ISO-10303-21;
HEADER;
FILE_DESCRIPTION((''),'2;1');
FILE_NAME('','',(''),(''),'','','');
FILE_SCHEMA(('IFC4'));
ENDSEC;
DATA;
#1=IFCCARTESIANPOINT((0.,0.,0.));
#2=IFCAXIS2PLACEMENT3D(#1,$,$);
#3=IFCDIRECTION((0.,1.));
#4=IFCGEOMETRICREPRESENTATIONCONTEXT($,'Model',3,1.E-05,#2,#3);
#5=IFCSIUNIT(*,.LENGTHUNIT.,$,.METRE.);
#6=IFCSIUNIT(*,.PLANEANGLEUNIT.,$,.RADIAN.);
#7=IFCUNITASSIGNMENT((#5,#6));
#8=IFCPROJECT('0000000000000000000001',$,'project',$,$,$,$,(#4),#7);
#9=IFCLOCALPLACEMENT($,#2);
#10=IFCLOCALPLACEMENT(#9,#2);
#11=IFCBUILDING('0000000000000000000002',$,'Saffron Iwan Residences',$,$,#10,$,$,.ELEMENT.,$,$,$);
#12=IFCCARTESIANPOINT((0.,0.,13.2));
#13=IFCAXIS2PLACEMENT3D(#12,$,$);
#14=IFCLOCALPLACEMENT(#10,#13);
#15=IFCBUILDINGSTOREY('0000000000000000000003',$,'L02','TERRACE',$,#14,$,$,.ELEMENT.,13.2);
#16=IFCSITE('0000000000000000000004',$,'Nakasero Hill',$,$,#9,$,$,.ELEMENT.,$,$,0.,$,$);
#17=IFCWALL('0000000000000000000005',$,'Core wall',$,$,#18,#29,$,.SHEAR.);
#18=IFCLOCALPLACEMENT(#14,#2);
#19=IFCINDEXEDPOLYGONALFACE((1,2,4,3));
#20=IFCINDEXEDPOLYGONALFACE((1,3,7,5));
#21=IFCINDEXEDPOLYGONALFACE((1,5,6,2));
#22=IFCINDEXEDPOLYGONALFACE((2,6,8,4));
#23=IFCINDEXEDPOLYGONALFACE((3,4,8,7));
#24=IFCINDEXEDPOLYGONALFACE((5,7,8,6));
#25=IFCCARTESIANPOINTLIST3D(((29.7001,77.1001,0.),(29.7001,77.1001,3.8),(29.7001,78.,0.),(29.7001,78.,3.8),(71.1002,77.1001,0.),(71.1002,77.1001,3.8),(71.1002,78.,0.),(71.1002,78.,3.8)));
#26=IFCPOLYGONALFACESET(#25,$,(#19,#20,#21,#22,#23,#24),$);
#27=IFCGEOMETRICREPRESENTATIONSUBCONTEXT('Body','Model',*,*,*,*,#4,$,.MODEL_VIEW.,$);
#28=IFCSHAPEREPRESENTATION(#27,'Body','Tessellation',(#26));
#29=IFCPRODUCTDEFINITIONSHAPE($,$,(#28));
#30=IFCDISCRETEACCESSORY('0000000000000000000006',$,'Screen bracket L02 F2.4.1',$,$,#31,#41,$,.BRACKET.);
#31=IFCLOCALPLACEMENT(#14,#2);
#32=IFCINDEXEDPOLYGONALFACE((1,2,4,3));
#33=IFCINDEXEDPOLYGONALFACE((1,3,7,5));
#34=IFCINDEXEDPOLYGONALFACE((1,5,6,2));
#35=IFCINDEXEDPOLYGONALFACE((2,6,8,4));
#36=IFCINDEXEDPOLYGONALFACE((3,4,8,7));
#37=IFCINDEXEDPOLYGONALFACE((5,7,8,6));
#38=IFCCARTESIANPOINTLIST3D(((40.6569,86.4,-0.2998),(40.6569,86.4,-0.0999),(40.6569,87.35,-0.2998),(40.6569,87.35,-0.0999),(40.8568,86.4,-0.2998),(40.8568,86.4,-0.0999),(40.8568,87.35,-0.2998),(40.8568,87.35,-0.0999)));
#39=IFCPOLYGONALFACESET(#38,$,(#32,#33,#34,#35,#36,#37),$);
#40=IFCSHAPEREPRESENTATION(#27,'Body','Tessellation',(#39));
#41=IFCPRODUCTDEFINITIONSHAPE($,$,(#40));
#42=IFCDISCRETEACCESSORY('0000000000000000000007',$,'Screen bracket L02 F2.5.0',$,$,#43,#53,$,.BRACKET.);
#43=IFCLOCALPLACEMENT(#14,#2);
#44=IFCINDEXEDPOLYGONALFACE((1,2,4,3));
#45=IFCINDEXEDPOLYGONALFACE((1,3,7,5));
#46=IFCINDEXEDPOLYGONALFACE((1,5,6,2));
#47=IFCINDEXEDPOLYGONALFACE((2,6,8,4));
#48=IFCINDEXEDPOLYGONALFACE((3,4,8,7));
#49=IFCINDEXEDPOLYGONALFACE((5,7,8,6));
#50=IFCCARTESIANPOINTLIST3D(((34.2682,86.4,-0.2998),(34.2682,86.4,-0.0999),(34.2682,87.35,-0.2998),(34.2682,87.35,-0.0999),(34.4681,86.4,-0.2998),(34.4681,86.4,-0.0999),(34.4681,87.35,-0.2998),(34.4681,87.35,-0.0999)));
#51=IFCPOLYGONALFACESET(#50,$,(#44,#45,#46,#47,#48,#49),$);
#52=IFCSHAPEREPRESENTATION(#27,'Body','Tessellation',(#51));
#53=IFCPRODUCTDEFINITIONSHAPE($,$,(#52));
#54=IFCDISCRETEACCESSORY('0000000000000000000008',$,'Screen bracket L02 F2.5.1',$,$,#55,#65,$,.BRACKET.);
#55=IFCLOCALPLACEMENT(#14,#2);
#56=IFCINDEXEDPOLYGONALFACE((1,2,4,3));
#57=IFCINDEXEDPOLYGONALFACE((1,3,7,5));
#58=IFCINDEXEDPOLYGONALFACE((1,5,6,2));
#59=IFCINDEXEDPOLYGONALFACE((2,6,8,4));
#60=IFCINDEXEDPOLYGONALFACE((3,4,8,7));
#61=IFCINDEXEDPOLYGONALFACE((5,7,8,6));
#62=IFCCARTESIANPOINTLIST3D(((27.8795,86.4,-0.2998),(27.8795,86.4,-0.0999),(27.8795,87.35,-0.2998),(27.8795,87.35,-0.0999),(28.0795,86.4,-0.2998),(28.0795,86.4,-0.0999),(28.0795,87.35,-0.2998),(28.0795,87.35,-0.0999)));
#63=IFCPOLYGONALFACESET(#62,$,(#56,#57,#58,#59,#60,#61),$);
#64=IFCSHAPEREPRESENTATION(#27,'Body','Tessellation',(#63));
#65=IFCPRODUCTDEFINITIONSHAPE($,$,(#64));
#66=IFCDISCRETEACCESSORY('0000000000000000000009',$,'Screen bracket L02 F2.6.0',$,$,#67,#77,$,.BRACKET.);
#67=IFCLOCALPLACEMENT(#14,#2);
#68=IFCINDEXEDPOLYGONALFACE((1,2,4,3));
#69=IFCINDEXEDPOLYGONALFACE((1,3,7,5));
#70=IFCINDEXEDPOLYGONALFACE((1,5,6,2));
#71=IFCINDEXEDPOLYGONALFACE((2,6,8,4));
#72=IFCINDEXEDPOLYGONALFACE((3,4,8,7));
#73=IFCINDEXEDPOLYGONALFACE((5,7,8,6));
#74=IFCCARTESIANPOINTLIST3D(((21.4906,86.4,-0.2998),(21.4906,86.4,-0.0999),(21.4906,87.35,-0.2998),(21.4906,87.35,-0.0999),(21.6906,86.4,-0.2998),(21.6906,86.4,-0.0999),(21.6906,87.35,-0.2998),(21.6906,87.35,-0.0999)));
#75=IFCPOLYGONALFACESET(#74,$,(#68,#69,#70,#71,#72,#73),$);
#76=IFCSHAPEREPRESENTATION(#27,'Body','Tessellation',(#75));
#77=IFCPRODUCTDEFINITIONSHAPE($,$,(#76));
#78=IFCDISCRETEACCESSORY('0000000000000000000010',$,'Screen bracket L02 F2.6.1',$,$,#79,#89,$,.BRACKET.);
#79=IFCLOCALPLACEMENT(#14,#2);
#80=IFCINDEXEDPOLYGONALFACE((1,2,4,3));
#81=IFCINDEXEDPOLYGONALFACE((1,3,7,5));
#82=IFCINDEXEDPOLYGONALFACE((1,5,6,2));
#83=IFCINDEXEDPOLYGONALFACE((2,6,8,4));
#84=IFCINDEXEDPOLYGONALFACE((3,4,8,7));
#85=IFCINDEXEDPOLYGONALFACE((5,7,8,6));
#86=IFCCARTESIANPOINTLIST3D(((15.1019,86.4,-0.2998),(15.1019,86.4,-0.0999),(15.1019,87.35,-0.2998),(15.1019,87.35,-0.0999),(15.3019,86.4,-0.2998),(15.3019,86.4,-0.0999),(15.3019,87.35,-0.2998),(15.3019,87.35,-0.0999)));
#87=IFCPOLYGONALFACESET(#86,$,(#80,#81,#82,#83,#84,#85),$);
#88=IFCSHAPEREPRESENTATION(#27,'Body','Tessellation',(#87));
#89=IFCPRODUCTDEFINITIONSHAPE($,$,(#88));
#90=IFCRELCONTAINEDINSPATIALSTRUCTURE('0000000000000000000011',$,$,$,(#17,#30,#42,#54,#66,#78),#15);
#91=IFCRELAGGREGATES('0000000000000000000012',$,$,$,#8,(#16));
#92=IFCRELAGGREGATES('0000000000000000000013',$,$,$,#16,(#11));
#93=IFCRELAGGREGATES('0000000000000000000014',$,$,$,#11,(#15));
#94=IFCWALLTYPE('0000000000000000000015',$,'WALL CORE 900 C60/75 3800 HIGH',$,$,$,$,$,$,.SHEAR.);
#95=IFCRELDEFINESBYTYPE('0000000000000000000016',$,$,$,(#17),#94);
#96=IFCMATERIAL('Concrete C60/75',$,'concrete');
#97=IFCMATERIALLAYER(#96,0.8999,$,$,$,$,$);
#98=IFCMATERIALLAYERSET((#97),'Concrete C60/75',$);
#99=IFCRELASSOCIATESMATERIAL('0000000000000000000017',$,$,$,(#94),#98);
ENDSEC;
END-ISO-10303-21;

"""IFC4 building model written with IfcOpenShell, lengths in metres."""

from ifc_helpers import new_model, si_unit, direction, frame, frame_2d, origin, origin_2d, place, context, subcontext, project, spatial, rectangle, extrude, source, transform, mapped, material, layer, layer_set, type_object, element, save


model = new_model("IFC4")

# Units and contexts
model_context = context("Model", 3, precision=1e-05, world=origin(), true_north=direction((0.0, 1.0)))
body_context = subcontext(model_context, "Body", "Model", "MODEL_VIEW")
ifc_project = project(units=[si_unit("LENGTHUNIT", "METRE"), si_unit("PLANEANGLEUNIT", "RADIAN")], contexts=[model_context])

# Site, building, storey
site_placement = place(None, origin())
site = spatial("IfcSite", under=ifc_project, at=site_placement, Name="Nakasero Hill", CompositionType="ELEMENT", RefElevation=0.0)
building_placement = place(site_placement, origin())
building = spatial("IfcBuilding", under=site, at=building_placement, Name="Saffron Iwan Residences", CompositionType="ELEMENT")
storey_placement = place(building_placement, frame((0.0, 0.0, 13.2)))
storey = spatial("IfcBuildingStorey", under=building, at=storey_placement, Name="L02", Description="TERRACE", CompositionType="ELEMENT", Elevation=13.2)

# Wall
ifc_material_1 = material(Name="Concrete C60/75", Category="concrete")
ifc_layer_1 = layer(ifc_material_1, 0.8999)
ifc_layer_set_1 = layer_set([ifc_layer_1], Name="Concrete C60/75")
wall_type_1 = type_object("IfcWallType", Name="WALL CORE 900 C60/75 3800 HIGH", PredefinedType="SHEAR", material=ifc_layer_set_1)
wall_1_placement = place(storey_placement, frame((29.7, 77.55, 0.0), z_axis=(0.0, 0.0, 1.0), x_axis=(1.0, 0.0, 0.0)))
element("IfcWall", 1, at=wall_1_placement, inside=storey, type_object=wall_type_1, Name="Core wall", PredefinedType="SHEAR", context=body_context, shape_type="SweptSolid", body=[
    extrude(rectangle(XDim=41.4001, YDim=0.8999, at=frame_2d((20.7002, 0.0))), origin(), (0.0, 0.0, 1.0), 3.8),
])

# Discrete accessories
shared_shape_1 = source(origin(), body_context, "Body", "SweptSolid", [
    extrude(rectangle(XDim=0.95, YDim=0.2, at=origin_2d()), origin(), (0.0, 0.0, 1.0), 0.2),
])
for number, where, z_axis, x_axis, name in (
    (2, (40.7568, 86.875, -0.2998), (0.0, 0.0, 1.0), (0.0, 1.0, 0.0), "Screen bracket L02 F2.4.1"),
    (3, (34.3682, 86.875, -0.2998), (0.0, 0.0, 1.0), (0.0, 1.0, 0.0), "Screen bracket L02 F2.5.0"),
    (4, (27.9795, 86.875, -0.2998), (0.0, 0.0, 1.0), (0.0, 1.0, 0.0), "Screen bracket L02 F2.5.1"),
    (5, (21.5906, 86.875, -0.2998), (0.0, 0.0, 1.0), (0.0, 1.0, 0.0), "Screen bracket L02 F2.6.0"),
    (6, (15.2019, 86.875, -0.2998), (0.0, 0.0, 1.0), (0.0, 1.0, 0.0), "Screen bracket L02 F2.6.1"),
):
    element("IfcDiscreteAccessory", number, at=place(storey_placement, frame(where, z_axis=z_axis, x_axis=x_axis)), inside=storey, Name=name, PredefinedType="BRACKET", context=body_context, shape_type="MappedRepresentation", body=[
        mapped(shared_shape_1, transform((0.0, 0.0, 0.0))),
    ])

save(model, "model.ifc")
